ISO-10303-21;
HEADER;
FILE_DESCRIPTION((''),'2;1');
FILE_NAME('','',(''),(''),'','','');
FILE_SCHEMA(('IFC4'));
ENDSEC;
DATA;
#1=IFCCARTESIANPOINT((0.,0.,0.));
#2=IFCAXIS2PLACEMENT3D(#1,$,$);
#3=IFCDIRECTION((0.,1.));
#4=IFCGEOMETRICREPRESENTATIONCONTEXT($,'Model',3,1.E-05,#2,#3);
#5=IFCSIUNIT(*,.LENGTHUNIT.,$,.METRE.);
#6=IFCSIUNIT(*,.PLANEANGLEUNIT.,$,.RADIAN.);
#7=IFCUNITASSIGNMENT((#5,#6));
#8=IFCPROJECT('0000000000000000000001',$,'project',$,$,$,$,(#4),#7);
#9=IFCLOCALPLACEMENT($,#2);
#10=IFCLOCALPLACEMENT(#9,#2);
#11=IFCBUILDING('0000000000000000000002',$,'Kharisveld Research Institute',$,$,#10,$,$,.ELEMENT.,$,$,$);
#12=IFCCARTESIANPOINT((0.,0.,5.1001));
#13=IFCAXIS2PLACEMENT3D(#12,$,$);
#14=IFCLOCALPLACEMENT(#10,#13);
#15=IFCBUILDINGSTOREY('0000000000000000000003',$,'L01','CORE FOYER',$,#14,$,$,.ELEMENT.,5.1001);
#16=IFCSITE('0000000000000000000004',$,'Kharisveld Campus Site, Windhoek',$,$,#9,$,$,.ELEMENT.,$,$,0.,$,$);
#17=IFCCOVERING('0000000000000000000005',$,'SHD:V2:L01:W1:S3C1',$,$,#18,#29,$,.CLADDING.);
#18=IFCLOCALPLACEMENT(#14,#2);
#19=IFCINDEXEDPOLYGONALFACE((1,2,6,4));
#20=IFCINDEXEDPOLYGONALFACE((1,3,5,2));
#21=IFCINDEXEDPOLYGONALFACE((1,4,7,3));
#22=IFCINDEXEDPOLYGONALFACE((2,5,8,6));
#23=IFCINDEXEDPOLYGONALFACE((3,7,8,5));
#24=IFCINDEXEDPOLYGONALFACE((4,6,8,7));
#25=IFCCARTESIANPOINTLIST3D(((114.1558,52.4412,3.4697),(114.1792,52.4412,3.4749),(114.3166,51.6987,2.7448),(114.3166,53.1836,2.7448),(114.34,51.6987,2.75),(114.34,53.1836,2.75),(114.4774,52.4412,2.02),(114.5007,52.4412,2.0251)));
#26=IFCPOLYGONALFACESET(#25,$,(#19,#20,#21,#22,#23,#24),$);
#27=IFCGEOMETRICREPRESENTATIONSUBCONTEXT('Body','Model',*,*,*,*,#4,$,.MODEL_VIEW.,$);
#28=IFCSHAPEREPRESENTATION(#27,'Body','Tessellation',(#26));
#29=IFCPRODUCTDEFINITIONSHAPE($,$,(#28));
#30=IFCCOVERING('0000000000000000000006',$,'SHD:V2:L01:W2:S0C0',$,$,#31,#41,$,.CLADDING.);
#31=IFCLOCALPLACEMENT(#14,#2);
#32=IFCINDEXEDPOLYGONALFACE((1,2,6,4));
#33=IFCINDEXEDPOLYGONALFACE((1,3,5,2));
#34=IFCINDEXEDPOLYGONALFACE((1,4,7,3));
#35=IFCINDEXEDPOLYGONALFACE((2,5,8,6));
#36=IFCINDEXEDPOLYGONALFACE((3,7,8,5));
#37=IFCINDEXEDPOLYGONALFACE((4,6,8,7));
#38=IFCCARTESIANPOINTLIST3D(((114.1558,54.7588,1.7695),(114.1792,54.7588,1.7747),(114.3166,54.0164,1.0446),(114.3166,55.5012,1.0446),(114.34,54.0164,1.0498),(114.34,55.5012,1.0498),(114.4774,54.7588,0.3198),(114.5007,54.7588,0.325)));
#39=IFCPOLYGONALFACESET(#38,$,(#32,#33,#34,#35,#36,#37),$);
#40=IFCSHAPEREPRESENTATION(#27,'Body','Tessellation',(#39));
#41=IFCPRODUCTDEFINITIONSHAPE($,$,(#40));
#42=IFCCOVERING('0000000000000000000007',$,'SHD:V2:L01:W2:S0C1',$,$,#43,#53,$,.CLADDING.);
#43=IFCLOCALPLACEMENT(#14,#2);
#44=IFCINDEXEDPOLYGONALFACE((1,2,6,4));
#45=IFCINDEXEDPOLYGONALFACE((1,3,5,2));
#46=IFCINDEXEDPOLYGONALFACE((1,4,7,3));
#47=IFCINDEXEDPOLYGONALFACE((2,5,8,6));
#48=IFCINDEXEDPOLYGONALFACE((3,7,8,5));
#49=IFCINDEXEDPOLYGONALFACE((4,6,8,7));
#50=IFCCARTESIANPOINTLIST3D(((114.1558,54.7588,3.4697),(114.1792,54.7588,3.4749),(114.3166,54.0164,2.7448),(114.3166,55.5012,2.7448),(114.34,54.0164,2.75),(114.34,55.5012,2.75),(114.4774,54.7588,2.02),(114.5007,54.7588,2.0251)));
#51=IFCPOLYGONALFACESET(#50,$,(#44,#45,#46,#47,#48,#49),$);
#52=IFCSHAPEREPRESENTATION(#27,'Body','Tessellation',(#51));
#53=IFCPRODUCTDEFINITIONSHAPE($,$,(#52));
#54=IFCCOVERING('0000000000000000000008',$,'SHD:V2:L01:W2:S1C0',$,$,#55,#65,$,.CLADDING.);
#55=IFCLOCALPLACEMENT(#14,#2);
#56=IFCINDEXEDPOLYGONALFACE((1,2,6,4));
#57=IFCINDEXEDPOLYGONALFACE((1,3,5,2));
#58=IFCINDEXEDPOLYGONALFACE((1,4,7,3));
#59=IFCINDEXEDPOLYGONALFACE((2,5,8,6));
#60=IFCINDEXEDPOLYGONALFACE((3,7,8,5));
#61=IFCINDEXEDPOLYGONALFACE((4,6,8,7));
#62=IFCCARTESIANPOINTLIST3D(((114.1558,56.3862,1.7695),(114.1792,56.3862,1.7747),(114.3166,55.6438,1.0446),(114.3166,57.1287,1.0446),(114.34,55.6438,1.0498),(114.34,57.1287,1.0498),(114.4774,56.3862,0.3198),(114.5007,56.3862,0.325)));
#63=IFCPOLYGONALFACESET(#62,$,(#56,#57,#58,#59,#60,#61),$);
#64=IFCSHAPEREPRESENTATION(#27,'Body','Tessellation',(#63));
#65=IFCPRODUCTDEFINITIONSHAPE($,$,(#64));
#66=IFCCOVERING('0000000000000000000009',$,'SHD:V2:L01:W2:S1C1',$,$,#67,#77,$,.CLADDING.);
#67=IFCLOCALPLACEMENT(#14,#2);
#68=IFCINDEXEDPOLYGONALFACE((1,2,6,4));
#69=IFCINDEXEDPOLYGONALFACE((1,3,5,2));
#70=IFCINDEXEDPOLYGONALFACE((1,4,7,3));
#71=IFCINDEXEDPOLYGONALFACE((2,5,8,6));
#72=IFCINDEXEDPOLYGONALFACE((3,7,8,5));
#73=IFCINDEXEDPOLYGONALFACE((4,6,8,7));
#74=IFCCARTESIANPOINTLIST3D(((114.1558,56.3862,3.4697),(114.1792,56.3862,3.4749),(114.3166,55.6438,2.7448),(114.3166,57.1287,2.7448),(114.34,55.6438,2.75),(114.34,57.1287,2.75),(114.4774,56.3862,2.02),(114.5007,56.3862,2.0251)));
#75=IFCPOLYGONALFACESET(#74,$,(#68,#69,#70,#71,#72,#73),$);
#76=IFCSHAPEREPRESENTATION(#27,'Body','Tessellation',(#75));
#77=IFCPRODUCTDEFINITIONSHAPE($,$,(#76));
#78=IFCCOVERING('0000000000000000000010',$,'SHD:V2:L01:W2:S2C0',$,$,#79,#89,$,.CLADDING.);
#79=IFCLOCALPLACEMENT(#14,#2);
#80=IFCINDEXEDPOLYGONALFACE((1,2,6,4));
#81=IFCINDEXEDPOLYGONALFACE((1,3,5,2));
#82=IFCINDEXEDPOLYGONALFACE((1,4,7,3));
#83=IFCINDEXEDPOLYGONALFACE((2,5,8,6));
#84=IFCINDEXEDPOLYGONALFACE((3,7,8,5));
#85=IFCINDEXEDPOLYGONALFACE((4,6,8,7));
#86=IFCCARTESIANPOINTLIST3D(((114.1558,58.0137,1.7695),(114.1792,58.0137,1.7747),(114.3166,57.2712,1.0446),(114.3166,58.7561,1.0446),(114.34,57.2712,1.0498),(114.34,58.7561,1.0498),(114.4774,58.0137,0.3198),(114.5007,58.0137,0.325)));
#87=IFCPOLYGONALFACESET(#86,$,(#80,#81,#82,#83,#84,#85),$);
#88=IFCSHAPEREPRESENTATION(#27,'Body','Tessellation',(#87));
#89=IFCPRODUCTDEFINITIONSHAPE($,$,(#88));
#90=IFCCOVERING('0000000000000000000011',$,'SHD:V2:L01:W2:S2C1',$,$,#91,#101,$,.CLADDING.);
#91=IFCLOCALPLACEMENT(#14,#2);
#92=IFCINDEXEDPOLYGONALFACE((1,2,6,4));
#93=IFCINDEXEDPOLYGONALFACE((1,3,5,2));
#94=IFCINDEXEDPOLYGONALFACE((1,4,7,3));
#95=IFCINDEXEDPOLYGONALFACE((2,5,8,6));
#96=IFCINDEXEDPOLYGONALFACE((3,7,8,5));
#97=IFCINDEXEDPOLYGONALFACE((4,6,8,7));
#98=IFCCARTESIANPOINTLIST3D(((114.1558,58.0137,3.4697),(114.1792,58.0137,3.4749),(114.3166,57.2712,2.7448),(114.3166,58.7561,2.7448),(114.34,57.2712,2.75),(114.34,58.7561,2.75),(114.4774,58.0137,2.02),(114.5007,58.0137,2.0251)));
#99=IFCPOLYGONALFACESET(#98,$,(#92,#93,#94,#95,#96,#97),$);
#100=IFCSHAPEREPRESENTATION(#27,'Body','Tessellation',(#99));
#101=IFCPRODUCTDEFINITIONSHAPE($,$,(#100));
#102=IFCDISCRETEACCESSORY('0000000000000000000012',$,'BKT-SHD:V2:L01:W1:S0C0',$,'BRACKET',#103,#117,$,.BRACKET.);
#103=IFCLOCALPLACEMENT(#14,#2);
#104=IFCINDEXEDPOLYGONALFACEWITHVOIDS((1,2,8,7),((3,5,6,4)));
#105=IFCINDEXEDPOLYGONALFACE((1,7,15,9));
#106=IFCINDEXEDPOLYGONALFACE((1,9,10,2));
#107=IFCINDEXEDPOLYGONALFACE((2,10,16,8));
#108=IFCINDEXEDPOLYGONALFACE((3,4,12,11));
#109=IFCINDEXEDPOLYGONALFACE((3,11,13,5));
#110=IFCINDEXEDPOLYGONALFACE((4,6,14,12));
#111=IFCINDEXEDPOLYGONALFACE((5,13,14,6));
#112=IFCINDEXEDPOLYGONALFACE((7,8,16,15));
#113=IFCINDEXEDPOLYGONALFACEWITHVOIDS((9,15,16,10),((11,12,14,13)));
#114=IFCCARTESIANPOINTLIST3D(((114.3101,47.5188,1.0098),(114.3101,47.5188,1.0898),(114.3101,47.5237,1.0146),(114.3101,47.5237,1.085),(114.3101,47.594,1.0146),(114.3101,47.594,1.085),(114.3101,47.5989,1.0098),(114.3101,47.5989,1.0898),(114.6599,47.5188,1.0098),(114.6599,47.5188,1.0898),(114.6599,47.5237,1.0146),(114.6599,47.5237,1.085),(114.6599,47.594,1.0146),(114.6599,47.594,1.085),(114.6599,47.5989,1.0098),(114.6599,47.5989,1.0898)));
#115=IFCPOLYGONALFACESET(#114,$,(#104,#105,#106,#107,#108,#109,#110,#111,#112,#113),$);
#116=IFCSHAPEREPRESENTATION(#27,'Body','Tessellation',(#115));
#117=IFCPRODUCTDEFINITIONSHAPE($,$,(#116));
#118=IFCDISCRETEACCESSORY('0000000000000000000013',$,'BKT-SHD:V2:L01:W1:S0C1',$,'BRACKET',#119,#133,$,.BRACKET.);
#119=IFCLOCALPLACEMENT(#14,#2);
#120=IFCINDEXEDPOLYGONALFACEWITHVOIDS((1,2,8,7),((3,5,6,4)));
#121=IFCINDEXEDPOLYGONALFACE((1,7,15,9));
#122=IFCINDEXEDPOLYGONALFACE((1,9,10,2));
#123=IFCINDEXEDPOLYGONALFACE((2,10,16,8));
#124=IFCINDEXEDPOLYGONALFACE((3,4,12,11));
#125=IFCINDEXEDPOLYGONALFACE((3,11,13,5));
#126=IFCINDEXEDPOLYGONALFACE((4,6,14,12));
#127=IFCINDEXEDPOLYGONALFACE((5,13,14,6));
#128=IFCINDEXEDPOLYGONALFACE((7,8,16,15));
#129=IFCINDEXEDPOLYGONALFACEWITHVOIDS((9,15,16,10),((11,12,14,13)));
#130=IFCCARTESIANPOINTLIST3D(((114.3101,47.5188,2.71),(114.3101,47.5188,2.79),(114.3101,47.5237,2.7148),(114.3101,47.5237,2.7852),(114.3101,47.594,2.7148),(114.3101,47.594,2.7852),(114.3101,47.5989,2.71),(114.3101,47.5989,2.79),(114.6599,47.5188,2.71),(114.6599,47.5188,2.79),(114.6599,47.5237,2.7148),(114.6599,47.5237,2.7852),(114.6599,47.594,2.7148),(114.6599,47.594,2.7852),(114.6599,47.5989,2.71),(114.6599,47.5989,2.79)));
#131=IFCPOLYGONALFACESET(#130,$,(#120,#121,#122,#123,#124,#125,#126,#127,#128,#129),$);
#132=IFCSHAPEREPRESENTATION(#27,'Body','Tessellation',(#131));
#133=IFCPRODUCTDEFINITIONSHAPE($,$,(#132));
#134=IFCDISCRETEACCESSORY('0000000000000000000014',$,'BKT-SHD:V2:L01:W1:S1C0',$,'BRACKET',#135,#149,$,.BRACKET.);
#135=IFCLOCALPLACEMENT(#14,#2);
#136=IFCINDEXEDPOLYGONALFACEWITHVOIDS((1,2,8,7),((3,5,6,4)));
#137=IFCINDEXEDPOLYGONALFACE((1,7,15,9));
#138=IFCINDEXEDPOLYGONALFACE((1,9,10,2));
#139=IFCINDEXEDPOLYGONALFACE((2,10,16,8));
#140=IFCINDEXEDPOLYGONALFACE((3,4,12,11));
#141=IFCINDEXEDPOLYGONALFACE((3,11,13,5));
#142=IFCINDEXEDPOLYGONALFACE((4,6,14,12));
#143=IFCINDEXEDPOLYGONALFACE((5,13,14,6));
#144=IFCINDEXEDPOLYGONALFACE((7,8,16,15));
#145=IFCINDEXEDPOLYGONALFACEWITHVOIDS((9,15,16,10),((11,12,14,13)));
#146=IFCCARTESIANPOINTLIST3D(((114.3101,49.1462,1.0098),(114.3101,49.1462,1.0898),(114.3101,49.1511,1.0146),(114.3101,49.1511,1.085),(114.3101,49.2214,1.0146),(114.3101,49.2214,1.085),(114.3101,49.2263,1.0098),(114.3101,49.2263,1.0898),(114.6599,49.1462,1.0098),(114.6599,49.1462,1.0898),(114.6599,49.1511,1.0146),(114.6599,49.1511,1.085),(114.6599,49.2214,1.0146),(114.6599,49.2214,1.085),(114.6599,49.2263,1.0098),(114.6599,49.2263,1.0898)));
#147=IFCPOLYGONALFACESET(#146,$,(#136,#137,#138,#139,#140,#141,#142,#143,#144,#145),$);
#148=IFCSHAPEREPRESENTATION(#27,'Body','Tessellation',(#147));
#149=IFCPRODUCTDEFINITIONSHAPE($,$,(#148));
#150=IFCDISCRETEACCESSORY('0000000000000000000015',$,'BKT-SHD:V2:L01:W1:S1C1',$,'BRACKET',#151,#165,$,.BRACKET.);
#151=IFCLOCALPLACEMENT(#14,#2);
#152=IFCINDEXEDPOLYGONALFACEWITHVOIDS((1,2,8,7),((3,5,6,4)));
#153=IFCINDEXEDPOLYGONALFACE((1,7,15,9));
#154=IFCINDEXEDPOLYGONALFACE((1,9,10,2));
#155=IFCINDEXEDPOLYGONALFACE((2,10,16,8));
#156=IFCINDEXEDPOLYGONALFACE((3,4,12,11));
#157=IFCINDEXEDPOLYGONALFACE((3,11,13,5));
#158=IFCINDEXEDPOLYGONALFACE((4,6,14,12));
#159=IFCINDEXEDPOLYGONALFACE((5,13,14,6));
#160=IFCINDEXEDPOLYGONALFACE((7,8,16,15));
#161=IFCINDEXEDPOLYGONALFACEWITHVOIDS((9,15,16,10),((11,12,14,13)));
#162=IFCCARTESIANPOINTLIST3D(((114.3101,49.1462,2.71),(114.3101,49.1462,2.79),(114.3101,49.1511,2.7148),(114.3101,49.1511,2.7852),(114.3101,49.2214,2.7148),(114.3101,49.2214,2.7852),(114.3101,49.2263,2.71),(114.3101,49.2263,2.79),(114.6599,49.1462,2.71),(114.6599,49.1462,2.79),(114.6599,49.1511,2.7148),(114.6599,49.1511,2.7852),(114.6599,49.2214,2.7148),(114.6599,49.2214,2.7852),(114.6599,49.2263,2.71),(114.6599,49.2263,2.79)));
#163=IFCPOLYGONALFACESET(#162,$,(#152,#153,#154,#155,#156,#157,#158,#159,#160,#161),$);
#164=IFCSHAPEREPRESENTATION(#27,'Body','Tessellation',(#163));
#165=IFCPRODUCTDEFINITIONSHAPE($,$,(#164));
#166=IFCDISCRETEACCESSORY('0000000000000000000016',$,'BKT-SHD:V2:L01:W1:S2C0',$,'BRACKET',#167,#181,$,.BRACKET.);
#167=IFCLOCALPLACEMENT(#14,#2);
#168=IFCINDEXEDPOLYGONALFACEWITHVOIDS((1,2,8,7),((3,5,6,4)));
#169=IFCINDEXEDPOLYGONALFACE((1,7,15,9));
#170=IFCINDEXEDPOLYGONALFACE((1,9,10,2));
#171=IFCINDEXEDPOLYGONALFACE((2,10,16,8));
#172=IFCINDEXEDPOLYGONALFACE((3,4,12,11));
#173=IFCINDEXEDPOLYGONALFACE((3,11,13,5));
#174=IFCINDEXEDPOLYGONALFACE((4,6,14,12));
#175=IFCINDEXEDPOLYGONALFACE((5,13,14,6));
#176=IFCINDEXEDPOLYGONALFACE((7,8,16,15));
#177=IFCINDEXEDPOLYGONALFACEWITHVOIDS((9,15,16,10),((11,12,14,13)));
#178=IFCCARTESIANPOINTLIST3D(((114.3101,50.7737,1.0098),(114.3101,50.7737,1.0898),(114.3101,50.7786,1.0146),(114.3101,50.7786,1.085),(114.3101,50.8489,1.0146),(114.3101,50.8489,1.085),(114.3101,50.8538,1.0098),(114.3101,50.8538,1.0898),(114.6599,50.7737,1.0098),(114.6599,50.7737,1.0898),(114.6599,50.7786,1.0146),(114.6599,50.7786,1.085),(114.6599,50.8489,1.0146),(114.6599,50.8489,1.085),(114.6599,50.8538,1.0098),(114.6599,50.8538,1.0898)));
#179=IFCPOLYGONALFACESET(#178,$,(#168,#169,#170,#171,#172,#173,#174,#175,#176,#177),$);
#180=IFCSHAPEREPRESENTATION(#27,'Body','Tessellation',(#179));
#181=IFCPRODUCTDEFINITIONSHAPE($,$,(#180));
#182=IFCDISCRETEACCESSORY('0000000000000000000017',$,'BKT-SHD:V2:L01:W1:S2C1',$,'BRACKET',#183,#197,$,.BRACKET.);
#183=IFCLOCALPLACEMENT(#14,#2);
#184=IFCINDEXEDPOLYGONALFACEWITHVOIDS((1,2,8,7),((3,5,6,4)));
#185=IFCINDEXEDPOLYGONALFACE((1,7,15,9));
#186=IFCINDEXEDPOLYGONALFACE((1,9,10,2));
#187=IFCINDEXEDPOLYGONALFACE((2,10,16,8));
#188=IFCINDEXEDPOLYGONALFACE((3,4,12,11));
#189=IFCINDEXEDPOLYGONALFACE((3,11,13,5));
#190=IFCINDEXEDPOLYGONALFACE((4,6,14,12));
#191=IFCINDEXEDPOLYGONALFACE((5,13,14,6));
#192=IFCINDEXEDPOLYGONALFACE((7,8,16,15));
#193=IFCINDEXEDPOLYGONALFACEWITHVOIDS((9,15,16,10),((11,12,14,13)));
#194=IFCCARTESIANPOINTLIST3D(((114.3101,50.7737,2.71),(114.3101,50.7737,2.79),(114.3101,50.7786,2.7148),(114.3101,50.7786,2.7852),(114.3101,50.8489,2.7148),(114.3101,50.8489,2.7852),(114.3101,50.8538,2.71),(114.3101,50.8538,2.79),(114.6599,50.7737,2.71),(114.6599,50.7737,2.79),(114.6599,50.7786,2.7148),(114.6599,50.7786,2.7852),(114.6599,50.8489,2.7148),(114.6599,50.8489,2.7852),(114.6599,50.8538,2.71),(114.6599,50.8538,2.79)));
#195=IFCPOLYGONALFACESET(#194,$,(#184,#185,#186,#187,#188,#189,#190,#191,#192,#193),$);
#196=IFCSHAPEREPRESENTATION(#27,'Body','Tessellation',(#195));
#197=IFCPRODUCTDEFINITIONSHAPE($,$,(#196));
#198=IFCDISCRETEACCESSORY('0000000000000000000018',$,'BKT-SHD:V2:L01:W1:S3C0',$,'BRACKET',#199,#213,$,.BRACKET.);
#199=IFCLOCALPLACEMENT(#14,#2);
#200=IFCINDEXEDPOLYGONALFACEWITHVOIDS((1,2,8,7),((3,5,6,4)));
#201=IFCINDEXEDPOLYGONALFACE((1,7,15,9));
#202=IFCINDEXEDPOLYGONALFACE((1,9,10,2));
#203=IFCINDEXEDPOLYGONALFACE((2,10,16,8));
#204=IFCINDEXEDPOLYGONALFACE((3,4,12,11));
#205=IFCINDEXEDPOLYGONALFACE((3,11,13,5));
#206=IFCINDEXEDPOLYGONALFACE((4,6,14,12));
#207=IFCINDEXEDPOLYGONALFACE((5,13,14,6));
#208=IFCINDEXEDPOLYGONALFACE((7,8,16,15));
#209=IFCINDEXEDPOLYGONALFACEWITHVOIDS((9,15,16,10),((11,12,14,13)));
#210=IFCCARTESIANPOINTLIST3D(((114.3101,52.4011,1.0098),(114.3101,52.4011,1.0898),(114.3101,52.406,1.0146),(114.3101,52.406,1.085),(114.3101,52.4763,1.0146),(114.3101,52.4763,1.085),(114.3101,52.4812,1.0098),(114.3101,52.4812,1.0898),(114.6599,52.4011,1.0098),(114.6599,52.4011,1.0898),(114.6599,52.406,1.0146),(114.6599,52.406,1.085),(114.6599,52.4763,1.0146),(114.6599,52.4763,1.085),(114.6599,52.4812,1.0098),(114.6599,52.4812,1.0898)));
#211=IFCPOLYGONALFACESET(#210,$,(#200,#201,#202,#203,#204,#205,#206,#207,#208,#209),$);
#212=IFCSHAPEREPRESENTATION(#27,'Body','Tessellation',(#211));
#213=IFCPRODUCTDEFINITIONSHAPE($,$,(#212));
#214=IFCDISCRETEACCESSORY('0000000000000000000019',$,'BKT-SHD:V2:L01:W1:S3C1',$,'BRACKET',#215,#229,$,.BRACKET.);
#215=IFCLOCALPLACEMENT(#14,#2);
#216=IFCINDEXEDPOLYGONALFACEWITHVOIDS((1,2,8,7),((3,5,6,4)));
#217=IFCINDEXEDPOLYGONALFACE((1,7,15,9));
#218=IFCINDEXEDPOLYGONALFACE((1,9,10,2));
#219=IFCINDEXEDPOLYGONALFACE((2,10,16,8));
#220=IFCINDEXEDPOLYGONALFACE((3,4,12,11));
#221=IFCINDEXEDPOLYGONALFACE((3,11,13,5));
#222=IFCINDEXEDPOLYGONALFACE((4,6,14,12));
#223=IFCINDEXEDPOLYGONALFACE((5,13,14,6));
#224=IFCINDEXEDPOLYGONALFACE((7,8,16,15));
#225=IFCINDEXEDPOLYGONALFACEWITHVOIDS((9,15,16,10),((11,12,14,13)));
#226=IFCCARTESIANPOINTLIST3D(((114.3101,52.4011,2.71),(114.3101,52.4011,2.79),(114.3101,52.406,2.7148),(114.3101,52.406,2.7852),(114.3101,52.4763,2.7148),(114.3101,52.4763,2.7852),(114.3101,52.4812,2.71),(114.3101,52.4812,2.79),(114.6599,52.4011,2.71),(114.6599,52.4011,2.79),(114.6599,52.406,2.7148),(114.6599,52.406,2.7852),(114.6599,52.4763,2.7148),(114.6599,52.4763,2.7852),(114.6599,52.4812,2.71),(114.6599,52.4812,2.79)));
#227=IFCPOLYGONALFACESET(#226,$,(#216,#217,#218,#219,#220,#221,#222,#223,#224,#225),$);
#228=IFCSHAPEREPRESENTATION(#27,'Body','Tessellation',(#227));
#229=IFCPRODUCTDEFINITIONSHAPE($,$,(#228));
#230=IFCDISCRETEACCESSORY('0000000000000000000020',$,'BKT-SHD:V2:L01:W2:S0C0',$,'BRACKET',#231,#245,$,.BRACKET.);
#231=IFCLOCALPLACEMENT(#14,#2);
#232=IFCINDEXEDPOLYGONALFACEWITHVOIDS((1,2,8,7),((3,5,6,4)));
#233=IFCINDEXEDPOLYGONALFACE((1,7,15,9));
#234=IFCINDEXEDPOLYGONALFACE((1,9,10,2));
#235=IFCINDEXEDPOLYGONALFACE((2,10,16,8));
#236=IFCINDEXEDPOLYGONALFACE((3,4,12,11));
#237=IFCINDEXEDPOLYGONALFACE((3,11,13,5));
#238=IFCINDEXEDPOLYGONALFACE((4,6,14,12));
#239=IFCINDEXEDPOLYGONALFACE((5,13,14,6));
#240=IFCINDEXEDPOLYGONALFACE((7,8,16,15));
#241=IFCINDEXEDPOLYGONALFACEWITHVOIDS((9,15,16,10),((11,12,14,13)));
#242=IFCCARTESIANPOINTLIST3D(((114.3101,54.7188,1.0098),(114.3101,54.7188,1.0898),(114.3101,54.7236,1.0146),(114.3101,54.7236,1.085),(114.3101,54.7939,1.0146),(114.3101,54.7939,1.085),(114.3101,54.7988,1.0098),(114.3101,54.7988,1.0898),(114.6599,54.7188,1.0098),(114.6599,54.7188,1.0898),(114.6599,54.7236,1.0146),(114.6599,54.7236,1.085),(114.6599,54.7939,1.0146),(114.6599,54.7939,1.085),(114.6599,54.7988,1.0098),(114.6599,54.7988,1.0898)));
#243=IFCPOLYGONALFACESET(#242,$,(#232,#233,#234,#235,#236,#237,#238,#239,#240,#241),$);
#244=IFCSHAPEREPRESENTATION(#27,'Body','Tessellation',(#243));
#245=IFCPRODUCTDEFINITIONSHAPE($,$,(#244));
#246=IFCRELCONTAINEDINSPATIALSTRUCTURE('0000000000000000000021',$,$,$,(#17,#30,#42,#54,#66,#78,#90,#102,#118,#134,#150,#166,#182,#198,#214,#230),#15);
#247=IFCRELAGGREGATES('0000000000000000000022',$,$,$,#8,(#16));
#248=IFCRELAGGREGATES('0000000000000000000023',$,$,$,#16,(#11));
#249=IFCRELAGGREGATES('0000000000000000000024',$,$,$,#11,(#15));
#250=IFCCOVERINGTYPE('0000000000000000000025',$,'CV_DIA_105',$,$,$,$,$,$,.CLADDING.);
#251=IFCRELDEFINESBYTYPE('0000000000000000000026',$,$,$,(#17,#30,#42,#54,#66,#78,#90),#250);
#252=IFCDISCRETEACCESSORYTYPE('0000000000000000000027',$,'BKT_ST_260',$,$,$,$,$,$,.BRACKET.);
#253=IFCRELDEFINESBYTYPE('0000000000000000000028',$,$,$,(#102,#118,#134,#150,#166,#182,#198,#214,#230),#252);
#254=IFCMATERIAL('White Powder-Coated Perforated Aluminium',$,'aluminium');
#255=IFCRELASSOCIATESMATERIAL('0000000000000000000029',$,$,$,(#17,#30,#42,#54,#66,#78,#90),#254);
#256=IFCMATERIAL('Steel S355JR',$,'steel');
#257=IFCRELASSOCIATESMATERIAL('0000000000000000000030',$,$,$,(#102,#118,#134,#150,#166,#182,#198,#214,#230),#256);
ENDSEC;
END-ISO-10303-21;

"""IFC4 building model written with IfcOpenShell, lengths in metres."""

from ifc_helpers import new_model, si_unit, direction, frame, origin, origin_2d, place, context, subcontext, project, spatial, polyline, hollow_rectangle, outline, extrude, material, type_object, element, save


model = new_model("IFC4")

# Units and contexts
model_context = context("Model", 3, precision=1e-05, world=origin(), true_north=direction((0.0, 1.0)))
body_context = subcontext(model_context, "Body", "Model", "MODEL_VIEW")
ifc_project = project(units=[si_unit("LENGTHUNIT", "METRE"), si_unit("PLANEANGLEUNIT", "RADIAN")], contexts=[model_context])

# Site, building, storey
site_placement = place(None, origin())
site = spatial("IfcSite", under=ifc_project, at=site_placement, Name="Kharisveld Campus Site, Windhoek", CompositionType="ELEMENT", RefElevation=0.0)
building_placement = place(site_placement, origin())
building = spatial("IfcBuilding", under=site, at=building_placement, Name="Kharisveld Research Institute", CompositionType="ELEMENT")
storey_placement = place(building_placement, frame((0.0, 0.0, 5.1001)))
storey = spatial("IfcBuildingStorey", under=building, at=storey_placement, Name="L01", Description="CORE FOYER", CompositionType="ELEMENT", Elevation=5.1001)

# Coverings
ifc_material_1 = material(Name="White Powder-Coated Perforated Aluminium", Category="aluminium")
covering_type = type_object("IfcCoveringType", Name="CV_DIA_105", PredefinedType="CLADDING")
for number, where, z_axis, x_axis, name in (
    (1, (114.5007, 52.4412, 2.0251), (0.976276, 0.0, 0.21653), (-0.153111, 0.707102, 0.690336), "SHD:V2:L01:W1:S3C1"),
    (2, (114.5007, 54.7588, 0.325), (0.976276, 0.0, 0.21653), (-0.153111, 0.707102, 0.690336), "SHD:V2:L01:W2:S0C0"),
    (3, (114.5007, 54.7588, 2.0251), (0.976276, 0.0, 0.21653), (-0.153111, 0.707102, 0.690336), "SHD:V2:L01:W2:S0C1"),
    (4, (114.5007, 56.3862, 0.325), (0.976276, 0.0, 0.21653), (-0.153111, 0.707102, 0.690336), "SHD:V2:L01:W2:S1C0"),
    (5, (114.5007, 56.3862, 2.0251), (0.976276, 0.0, 0.21653), (-0.153111, 0.707102, 0.690336), "SHD:V2:L01:W2:S1C1"),
    (6, (114.5007, 58.0137, 0.325), (0.976276, 0.0, 0.21653), (-0.153111, 0.707102, 0.690336), "SHD:V2:L01:W2:S2C0"),
    (7, (114.5007, 58.0137, 2.0251), (0.976276, 0.0, 0.21653), (-0.153111, 0.707102, 0.690336), "SHD:V2:L01:W2:S2C1"),
):
    element("IfcCovering", number, at=place(storey_placement, frame(where, z_axis=z_axis, x_axis=x_axis)), inside=storey, type_object=covering_type, material=ifc_material_1, Name=name, PredefinedType="CLADDING", context=body_context, shape_type="SweptSolid", body=[
        extrude(outline(polyline([(0.0, 0.0), (1.05, 0.0), (1.05, 1.05), (0.0, 1.05), (0.0, 0.0)])), origin(), (0.0, 0.0, -1.0), 0.0239),
    ])

# Discrete accessories
ifc_material_2 = material(Name="Steel S355JR", Category="steel")
discrete_accessory_type = type_object("IfcDiscreteAccessoryType", Name="BKT_ST_260", PredefinedType="BRACKET")
for number, where, z_axis, x_axis, name in (
    (8, (114.6599, 47.5588, 1.0498), (-1.0, 0.0, 0.0), (0.0, -1.0, 0.0), "BKT-SHD:V2:L01:W1:S0C0"),
    (9, (114.6599, 47.5588, 2.75), (-1.0, 0.0, 0.0), (0.0, -1.0, 0.0), "BKT-SHD:V2:L01:W1:S0C1"),
    (10, (114.6599, 49.1863, 1.0498), (-1.0, 0.0, 0.0), (0.0, -1.0, 0.0), "BKT-SHD:V2:L01:W1:S1C0"),
    (11, (114.6599, 49.1863, 2.75), (-1.0, 0.0, 0.0), (0.0, -1.0, 0.0), "BKT-SHD:V2:L01:W1:S1C1"),
    (12, (114.6599, 50.8137, 1.0498), (-1.0, 0.0, 0.0), (0.0, -1.0, 0.0), "BKT-SHD:V2:L01:W1:S2C0"),
    (13, (114.6599, 50.8137, 2.75), (-1.0, 0.0, 0.0), (0.0, -1.0, 0.0), "BKT-SHD:V2:L01:W1:S2C1"),
    (14, (114.6599, 52.4412, 1.0498), (-1.0, 0.0, 0.0), (0.0, -1.0, 0.0), "BKT-SHD:V2:L01:W1:S3C0"),
    (15, (114.6599, 52.4412, 2.75), (-1.0, 0.0, 0.0), (0.0, -1.0, 0.0), "BKT-SHD:V2:L01:W1:S3C1"),
    (16, (114.6599, 54.7588, 1.0498), (-1.0, 0.0, 0.0), (0.0, -1.0, 0.0), "BKT-SHD:V2:L01:W2:S0C0"),
):
    element("IfcDiscreteAccessory", number, at=place(storey_placement, frame(where, z_axis=z_axis, x_axis=x_axis)), inside=storey, type_object=discrete_accessory_type, material=ifc_material_2, Name=name, ObjectType="BRACKET", PredefinedType="BRACKET", context=body_context, shape_type="SweptSolid", body=[
        extrude(hollow_rectangle(XDim=0.0801, YDim=0.0801, WallThickness=0.0049, at=origin_2d()), origin(), (0.0, 0.0, 1.0), 0.3499),
    ])

save(model, "model.ifc")
